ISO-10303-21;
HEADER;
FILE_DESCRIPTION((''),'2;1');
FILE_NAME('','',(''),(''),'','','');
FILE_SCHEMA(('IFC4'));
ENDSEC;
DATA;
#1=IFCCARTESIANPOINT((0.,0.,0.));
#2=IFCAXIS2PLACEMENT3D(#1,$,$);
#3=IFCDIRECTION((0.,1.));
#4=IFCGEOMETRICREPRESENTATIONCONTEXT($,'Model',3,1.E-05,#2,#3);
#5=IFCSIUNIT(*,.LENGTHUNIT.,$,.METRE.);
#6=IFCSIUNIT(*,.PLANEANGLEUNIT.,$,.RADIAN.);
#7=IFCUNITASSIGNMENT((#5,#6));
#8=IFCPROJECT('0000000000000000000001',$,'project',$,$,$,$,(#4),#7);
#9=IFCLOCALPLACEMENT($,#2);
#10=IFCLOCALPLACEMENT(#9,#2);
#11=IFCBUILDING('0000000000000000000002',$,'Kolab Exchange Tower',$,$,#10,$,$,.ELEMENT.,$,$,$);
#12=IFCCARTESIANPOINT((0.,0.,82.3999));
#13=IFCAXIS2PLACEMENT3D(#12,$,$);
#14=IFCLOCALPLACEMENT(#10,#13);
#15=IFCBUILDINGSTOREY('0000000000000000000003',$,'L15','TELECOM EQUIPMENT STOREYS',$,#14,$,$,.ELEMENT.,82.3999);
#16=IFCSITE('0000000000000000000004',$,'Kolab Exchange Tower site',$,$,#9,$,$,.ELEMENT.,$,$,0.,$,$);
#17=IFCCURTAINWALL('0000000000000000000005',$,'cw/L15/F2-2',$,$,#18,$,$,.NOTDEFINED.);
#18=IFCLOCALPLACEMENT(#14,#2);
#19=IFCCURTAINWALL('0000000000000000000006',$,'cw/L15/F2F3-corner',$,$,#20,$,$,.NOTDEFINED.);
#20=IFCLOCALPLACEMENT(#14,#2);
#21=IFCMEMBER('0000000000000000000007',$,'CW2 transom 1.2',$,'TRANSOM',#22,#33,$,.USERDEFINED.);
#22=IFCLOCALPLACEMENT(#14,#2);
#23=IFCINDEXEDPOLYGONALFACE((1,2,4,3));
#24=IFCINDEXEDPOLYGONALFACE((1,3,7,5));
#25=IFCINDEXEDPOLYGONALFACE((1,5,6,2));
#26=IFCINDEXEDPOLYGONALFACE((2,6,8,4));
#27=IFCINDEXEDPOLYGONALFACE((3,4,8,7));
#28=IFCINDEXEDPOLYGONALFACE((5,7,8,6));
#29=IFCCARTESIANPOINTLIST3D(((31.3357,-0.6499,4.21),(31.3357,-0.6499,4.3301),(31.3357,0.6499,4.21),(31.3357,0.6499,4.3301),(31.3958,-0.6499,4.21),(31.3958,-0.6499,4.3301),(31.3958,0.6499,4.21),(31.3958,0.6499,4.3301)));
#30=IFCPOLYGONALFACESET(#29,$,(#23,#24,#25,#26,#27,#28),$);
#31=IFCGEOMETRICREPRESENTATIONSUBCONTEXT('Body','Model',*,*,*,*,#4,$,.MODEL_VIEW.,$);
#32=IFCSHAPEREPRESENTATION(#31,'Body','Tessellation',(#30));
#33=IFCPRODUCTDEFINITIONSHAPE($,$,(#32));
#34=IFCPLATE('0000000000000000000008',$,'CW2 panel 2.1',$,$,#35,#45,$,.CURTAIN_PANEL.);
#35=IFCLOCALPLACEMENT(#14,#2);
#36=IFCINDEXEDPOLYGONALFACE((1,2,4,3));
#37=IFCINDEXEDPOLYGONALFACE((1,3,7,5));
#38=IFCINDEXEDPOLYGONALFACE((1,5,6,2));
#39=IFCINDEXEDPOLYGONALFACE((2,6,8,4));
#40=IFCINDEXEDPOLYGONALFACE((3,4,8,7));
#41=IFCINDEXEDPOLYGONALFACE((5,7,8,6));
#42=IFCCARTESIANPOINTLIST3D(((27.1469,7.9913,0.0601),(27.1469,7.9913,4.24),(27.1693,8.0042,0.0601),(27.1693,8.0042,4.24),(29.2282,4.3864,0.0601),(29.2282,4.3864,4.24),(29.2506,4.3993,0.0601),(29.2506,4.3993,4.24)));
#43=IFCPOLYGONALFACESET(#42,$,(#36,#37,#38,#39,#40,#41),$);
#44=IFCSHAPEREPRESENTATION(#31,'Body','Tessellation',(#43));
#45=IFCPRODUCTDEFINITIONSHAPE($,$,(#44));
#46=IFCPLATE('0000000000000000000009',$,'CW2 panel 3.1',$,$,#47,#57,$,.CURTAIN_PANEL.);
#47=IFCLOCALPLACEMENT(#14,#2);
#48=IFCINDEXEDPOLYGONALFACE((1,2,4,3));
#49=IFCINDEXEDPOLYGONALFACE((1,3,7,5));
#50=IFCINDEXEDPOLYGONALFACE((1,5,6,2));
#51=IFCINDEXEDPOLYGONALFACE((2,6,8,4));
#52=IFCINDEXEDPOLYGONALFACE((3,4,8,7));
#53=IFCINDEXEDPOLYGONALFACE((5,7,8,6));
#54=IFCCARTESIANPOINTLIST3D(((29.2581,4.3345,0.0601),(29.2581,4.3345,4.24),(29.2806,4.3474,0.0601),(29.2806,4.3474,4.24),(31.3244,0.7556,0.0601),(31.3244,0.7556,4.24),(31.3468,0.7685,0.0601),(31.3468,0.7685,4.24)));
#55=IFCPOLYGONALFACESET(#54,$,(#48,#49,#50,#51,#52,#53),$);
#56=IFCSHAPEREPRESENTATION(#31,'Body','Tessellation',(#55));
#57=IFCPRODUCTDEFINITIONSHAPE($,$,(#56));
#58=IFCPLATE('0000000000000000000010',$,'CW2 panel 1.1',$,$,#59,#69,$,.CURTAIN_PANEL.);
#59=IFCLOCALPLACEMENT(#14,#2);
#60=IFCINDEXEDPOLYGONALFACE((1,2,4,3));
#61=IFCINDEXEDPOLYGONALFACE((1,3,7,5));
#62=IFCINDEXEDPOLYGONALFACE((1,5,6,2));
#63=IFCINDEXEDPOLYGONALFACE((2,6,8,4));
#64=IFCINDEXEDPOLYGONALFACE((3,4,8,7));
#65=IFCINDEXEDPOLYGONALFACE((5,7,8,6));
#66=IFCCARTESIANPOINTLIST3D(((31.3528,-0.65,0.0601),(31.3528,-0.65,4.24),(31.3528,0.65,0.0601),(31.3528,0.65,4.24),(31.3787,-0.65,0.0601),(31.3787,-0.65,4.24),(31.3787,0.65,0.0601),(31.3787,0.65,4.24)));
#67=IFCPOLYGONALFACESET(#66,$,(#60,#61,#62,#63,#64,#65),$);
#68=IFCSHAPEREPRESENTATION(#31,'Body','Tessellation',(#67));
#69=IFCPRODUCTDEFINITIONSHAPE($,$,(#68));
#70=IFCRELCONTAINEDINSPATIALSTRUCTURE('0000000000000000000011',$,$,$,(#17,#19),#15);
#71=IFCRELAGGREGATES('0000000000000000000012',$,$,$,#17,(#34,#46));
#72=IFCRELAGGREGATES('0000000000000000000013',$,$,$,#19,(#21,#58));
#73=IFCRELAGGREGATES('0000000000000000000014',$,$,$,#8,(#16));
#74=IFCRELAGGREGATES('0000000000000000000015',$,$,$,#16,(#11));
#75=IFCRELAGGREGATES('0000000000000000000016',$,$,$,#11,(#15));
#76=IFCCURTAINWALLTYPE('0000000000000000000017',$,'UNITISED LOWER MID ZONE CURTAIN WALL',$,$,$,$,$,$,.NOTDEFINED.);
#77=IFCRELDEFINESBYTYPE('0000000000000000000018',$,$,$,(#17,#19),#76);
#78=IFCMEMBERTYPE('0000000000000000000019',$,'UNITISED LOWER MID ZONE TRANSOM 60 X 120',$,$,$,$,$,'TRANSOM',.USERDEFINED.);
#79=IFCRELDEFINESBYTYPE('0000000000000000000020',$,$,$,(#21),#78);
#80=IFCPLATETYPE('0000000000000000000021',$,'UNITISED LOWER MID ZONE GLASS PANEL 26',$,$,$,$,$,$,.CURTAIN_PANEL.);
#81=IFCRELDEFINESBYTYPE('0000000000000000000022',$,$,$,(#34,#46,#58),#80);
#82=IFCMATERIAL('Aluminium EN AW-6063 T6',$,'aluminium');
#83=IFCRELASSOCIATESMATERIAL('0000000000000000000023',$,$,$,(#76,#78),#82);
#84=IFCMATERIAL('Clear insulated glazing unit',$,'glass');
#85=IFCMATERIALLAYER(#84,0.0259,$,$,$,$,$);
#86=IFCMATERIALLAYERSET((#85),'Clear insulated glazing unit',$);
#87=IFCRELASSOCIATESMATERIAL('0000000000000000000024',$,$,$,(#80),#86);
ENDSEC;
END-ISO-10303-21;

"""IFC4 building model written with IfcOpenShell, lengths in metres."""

from ifc_helpers import new_model, si_unit, direction, frame, origin, origin_2d, place, context, subcontext, project, spatial, rectangle, extrude, material, layer, layer_set, material_profile, profile_set, type_object, element, aggregate, save


model = new_model("IFC4")

# Units and contexts
model_context = context("Model", 3, precision=1e-05, world=origin(), true_north=direction((0.0, 1.0)))
body_context = subcontext(model_context, "Body", "Model", "MODEL_VIEW")
ifc_project = project(units=[si_unit("LENGTHUNIT", "METRE"), si_unit("PLANEANGLEUNIT", "RADIAN")], contexts=[model_context])

# Site, building, storey
site_placement = place(None, origin())
site = spatial("IfcSite", under=ifc_project, at=site_placement, Name="Kolab Exchange Tower site", CompositionType="ELEMENT", RefElevation=0.0)
building_placement = place(site_placement, origin())
building = spatial("IfcBuilding", under=site, at=building_placement, Name="Kolab Exchange Tower", CompositionType="ELEMENT")
storey_placement = place(building_placement, frame((0.0, 0.0, 82.3999)))
storey = spatial("IfcBuildingStorey", under=building, at=storey_placement, Name="L15", Description="TELECOM EQUIPMENT STOREYS", CompositionType="ELEMENT", Elevation=82.3999)

# Curtain wall
ifc_material_1 = material(Name="Aluminium EN AW-6063 T6", Category="aluminium")
curtain_wall_type = type_object("IfcCurtainWallType", Name="UNITISED LOWER MID ZONE CURTAIN WALL", PredefinedType="NOTDEFINED", material=ifc_material_1)
curtain_wall_1_placement = place(storey_placement, origin())
curtain_wall_1 = element("IfcCurtainWall", 1, at=curtain_wall_1_placement, inside=storey, type_object=curtain_wall_type, Name="cw/L15/F2-2", PredefinedType="NOTDEFINED")

# Curtain wall
curtain_wall_2_placement = place(storey_placement, origin())
curtain_wall_2 = element("IfcCurtainWall", 2, at=curtain_wall_2_placement, inside=storey, type_object=curtain_wall_type, Name="cw/L15/F2F3-corner", PredefinedType="NOTDEFINED")

# Member
ifc_material_profile_1 = material_profile(ifc_material_1, rectangle(XDim=0.0601, YDim=0.1201, at=origin_2d()), Name="RECT 60X120")
ifc_profile_set_1 = profile_set([ifc_material_profile_1], Name="Aluminium EN AW-6063 T6")
member_type_1 = type_object("IfcMemberType", Name="UNITISED LOWER MID ZONE TRANSOM 60 X 120", ElementType="TRANSOM", PredefinedType="USERDEFINED", material=ifc_profile_set_1)
member_1_placement = place(storey_placement, frame((31.3657, 0.6499, 4.27), z_axis=(0.0, -1.0, 0.0), x_axis=(1.0, 0.0, 0.0)))
member_1 = element("IfcMember", 3, at=member_1_placement, type_object=member_type_1, Name="CW2 transom 1.2", ObjectType="TRANSOM", PredefinedType="USERDEFINED", context=body_context, shape_type="SweptSolid", body=[
    extrude(rectangle(XDim=0.0601, YDim=0.1201, at=origin_2d()), origin(), (0.0, 0.0, 1.0), 1.2998),
])

# Plates
ifc_material_2 = material(Name="Clear insulated glazing unit", Category="glass")
ifc_layer = layer(ifc_material_2, 0.0259)
ifc_layer_set = layer_set([ifc_layer], Name="Clear insulated glazing unit")
plate_type = type_object("IfcPlateType", Name="UNITISED LOWER MID ZONE GLASS PANEL 26", PredefinedType="CURTAIN_PANEL", material=ifc_layer_set)
plate_1_placement = place(storey_placement, frame((28.1987, 6.1953, 0.0601), z_axis=(0.0, 0.0, 1.0), x_axis=(0.5, -0.866025, 0.0)))
plate_1 = element("IfcPlate", 4, at=plate_1_placement, type_object=plate_type, Name="CW2 panel 2.1", PredefinedType="CURTAIN_PANEL", context=body_context, shape_type="SweptSolid", body=[
    extrude(rectangle(XDim=4.1626, YDim=0.0259, at=origin_2d()), origin(), (0.0, 0.0, 1.0), 4.1799),
])
plate_2_placement = place(storey_placement, frame((30.3025, 2.5515, 0.0601), z_axis=(0.0, 0.0, 1.0), x_axis=(0.5, -0.866025, 0.0)))
plate_2 = element("IfcPlate", 5, at=plate_2_placement, type_object=plate_type, Name="CW2 panel 3.1", PredefinedType="CURTAIN_PANEL", context=body_context, shape_type="SweptSolid", body=[
    extrude(rectangle(XDim=4.1326, YDim=0.0259, at=origin_2d()), origin(), (0.0, 0.0, 1.0), 4.1799),
])
aggregate(curtain_wall_1, [plate_1, plate_2])
plate_3_placement = place(storey_placement, frame((31.3657, 0.0, 0.0601), z_axis=(0.0, 0.0, 1.0), x_axis=(0.0, -1.0, 0.0)))
plate_3 = element("IfcPlate", 6, at=plate_3_placement, type_object=plate_type, Name="CW2 panel 1.1", PredefinedType="CURTAIN_PANEL", context=body_context, shape_type="SweptSolid", body=[
    extrude(rectangle(XDim=1.3, YDim=0.0259, at=origin_2d()), origin(), (0.0, 0.0, 1.0), 4.1799),
])
aggregate(curtain_wall_2, [member_1, plate_3])

save(model, "model.ifc")
